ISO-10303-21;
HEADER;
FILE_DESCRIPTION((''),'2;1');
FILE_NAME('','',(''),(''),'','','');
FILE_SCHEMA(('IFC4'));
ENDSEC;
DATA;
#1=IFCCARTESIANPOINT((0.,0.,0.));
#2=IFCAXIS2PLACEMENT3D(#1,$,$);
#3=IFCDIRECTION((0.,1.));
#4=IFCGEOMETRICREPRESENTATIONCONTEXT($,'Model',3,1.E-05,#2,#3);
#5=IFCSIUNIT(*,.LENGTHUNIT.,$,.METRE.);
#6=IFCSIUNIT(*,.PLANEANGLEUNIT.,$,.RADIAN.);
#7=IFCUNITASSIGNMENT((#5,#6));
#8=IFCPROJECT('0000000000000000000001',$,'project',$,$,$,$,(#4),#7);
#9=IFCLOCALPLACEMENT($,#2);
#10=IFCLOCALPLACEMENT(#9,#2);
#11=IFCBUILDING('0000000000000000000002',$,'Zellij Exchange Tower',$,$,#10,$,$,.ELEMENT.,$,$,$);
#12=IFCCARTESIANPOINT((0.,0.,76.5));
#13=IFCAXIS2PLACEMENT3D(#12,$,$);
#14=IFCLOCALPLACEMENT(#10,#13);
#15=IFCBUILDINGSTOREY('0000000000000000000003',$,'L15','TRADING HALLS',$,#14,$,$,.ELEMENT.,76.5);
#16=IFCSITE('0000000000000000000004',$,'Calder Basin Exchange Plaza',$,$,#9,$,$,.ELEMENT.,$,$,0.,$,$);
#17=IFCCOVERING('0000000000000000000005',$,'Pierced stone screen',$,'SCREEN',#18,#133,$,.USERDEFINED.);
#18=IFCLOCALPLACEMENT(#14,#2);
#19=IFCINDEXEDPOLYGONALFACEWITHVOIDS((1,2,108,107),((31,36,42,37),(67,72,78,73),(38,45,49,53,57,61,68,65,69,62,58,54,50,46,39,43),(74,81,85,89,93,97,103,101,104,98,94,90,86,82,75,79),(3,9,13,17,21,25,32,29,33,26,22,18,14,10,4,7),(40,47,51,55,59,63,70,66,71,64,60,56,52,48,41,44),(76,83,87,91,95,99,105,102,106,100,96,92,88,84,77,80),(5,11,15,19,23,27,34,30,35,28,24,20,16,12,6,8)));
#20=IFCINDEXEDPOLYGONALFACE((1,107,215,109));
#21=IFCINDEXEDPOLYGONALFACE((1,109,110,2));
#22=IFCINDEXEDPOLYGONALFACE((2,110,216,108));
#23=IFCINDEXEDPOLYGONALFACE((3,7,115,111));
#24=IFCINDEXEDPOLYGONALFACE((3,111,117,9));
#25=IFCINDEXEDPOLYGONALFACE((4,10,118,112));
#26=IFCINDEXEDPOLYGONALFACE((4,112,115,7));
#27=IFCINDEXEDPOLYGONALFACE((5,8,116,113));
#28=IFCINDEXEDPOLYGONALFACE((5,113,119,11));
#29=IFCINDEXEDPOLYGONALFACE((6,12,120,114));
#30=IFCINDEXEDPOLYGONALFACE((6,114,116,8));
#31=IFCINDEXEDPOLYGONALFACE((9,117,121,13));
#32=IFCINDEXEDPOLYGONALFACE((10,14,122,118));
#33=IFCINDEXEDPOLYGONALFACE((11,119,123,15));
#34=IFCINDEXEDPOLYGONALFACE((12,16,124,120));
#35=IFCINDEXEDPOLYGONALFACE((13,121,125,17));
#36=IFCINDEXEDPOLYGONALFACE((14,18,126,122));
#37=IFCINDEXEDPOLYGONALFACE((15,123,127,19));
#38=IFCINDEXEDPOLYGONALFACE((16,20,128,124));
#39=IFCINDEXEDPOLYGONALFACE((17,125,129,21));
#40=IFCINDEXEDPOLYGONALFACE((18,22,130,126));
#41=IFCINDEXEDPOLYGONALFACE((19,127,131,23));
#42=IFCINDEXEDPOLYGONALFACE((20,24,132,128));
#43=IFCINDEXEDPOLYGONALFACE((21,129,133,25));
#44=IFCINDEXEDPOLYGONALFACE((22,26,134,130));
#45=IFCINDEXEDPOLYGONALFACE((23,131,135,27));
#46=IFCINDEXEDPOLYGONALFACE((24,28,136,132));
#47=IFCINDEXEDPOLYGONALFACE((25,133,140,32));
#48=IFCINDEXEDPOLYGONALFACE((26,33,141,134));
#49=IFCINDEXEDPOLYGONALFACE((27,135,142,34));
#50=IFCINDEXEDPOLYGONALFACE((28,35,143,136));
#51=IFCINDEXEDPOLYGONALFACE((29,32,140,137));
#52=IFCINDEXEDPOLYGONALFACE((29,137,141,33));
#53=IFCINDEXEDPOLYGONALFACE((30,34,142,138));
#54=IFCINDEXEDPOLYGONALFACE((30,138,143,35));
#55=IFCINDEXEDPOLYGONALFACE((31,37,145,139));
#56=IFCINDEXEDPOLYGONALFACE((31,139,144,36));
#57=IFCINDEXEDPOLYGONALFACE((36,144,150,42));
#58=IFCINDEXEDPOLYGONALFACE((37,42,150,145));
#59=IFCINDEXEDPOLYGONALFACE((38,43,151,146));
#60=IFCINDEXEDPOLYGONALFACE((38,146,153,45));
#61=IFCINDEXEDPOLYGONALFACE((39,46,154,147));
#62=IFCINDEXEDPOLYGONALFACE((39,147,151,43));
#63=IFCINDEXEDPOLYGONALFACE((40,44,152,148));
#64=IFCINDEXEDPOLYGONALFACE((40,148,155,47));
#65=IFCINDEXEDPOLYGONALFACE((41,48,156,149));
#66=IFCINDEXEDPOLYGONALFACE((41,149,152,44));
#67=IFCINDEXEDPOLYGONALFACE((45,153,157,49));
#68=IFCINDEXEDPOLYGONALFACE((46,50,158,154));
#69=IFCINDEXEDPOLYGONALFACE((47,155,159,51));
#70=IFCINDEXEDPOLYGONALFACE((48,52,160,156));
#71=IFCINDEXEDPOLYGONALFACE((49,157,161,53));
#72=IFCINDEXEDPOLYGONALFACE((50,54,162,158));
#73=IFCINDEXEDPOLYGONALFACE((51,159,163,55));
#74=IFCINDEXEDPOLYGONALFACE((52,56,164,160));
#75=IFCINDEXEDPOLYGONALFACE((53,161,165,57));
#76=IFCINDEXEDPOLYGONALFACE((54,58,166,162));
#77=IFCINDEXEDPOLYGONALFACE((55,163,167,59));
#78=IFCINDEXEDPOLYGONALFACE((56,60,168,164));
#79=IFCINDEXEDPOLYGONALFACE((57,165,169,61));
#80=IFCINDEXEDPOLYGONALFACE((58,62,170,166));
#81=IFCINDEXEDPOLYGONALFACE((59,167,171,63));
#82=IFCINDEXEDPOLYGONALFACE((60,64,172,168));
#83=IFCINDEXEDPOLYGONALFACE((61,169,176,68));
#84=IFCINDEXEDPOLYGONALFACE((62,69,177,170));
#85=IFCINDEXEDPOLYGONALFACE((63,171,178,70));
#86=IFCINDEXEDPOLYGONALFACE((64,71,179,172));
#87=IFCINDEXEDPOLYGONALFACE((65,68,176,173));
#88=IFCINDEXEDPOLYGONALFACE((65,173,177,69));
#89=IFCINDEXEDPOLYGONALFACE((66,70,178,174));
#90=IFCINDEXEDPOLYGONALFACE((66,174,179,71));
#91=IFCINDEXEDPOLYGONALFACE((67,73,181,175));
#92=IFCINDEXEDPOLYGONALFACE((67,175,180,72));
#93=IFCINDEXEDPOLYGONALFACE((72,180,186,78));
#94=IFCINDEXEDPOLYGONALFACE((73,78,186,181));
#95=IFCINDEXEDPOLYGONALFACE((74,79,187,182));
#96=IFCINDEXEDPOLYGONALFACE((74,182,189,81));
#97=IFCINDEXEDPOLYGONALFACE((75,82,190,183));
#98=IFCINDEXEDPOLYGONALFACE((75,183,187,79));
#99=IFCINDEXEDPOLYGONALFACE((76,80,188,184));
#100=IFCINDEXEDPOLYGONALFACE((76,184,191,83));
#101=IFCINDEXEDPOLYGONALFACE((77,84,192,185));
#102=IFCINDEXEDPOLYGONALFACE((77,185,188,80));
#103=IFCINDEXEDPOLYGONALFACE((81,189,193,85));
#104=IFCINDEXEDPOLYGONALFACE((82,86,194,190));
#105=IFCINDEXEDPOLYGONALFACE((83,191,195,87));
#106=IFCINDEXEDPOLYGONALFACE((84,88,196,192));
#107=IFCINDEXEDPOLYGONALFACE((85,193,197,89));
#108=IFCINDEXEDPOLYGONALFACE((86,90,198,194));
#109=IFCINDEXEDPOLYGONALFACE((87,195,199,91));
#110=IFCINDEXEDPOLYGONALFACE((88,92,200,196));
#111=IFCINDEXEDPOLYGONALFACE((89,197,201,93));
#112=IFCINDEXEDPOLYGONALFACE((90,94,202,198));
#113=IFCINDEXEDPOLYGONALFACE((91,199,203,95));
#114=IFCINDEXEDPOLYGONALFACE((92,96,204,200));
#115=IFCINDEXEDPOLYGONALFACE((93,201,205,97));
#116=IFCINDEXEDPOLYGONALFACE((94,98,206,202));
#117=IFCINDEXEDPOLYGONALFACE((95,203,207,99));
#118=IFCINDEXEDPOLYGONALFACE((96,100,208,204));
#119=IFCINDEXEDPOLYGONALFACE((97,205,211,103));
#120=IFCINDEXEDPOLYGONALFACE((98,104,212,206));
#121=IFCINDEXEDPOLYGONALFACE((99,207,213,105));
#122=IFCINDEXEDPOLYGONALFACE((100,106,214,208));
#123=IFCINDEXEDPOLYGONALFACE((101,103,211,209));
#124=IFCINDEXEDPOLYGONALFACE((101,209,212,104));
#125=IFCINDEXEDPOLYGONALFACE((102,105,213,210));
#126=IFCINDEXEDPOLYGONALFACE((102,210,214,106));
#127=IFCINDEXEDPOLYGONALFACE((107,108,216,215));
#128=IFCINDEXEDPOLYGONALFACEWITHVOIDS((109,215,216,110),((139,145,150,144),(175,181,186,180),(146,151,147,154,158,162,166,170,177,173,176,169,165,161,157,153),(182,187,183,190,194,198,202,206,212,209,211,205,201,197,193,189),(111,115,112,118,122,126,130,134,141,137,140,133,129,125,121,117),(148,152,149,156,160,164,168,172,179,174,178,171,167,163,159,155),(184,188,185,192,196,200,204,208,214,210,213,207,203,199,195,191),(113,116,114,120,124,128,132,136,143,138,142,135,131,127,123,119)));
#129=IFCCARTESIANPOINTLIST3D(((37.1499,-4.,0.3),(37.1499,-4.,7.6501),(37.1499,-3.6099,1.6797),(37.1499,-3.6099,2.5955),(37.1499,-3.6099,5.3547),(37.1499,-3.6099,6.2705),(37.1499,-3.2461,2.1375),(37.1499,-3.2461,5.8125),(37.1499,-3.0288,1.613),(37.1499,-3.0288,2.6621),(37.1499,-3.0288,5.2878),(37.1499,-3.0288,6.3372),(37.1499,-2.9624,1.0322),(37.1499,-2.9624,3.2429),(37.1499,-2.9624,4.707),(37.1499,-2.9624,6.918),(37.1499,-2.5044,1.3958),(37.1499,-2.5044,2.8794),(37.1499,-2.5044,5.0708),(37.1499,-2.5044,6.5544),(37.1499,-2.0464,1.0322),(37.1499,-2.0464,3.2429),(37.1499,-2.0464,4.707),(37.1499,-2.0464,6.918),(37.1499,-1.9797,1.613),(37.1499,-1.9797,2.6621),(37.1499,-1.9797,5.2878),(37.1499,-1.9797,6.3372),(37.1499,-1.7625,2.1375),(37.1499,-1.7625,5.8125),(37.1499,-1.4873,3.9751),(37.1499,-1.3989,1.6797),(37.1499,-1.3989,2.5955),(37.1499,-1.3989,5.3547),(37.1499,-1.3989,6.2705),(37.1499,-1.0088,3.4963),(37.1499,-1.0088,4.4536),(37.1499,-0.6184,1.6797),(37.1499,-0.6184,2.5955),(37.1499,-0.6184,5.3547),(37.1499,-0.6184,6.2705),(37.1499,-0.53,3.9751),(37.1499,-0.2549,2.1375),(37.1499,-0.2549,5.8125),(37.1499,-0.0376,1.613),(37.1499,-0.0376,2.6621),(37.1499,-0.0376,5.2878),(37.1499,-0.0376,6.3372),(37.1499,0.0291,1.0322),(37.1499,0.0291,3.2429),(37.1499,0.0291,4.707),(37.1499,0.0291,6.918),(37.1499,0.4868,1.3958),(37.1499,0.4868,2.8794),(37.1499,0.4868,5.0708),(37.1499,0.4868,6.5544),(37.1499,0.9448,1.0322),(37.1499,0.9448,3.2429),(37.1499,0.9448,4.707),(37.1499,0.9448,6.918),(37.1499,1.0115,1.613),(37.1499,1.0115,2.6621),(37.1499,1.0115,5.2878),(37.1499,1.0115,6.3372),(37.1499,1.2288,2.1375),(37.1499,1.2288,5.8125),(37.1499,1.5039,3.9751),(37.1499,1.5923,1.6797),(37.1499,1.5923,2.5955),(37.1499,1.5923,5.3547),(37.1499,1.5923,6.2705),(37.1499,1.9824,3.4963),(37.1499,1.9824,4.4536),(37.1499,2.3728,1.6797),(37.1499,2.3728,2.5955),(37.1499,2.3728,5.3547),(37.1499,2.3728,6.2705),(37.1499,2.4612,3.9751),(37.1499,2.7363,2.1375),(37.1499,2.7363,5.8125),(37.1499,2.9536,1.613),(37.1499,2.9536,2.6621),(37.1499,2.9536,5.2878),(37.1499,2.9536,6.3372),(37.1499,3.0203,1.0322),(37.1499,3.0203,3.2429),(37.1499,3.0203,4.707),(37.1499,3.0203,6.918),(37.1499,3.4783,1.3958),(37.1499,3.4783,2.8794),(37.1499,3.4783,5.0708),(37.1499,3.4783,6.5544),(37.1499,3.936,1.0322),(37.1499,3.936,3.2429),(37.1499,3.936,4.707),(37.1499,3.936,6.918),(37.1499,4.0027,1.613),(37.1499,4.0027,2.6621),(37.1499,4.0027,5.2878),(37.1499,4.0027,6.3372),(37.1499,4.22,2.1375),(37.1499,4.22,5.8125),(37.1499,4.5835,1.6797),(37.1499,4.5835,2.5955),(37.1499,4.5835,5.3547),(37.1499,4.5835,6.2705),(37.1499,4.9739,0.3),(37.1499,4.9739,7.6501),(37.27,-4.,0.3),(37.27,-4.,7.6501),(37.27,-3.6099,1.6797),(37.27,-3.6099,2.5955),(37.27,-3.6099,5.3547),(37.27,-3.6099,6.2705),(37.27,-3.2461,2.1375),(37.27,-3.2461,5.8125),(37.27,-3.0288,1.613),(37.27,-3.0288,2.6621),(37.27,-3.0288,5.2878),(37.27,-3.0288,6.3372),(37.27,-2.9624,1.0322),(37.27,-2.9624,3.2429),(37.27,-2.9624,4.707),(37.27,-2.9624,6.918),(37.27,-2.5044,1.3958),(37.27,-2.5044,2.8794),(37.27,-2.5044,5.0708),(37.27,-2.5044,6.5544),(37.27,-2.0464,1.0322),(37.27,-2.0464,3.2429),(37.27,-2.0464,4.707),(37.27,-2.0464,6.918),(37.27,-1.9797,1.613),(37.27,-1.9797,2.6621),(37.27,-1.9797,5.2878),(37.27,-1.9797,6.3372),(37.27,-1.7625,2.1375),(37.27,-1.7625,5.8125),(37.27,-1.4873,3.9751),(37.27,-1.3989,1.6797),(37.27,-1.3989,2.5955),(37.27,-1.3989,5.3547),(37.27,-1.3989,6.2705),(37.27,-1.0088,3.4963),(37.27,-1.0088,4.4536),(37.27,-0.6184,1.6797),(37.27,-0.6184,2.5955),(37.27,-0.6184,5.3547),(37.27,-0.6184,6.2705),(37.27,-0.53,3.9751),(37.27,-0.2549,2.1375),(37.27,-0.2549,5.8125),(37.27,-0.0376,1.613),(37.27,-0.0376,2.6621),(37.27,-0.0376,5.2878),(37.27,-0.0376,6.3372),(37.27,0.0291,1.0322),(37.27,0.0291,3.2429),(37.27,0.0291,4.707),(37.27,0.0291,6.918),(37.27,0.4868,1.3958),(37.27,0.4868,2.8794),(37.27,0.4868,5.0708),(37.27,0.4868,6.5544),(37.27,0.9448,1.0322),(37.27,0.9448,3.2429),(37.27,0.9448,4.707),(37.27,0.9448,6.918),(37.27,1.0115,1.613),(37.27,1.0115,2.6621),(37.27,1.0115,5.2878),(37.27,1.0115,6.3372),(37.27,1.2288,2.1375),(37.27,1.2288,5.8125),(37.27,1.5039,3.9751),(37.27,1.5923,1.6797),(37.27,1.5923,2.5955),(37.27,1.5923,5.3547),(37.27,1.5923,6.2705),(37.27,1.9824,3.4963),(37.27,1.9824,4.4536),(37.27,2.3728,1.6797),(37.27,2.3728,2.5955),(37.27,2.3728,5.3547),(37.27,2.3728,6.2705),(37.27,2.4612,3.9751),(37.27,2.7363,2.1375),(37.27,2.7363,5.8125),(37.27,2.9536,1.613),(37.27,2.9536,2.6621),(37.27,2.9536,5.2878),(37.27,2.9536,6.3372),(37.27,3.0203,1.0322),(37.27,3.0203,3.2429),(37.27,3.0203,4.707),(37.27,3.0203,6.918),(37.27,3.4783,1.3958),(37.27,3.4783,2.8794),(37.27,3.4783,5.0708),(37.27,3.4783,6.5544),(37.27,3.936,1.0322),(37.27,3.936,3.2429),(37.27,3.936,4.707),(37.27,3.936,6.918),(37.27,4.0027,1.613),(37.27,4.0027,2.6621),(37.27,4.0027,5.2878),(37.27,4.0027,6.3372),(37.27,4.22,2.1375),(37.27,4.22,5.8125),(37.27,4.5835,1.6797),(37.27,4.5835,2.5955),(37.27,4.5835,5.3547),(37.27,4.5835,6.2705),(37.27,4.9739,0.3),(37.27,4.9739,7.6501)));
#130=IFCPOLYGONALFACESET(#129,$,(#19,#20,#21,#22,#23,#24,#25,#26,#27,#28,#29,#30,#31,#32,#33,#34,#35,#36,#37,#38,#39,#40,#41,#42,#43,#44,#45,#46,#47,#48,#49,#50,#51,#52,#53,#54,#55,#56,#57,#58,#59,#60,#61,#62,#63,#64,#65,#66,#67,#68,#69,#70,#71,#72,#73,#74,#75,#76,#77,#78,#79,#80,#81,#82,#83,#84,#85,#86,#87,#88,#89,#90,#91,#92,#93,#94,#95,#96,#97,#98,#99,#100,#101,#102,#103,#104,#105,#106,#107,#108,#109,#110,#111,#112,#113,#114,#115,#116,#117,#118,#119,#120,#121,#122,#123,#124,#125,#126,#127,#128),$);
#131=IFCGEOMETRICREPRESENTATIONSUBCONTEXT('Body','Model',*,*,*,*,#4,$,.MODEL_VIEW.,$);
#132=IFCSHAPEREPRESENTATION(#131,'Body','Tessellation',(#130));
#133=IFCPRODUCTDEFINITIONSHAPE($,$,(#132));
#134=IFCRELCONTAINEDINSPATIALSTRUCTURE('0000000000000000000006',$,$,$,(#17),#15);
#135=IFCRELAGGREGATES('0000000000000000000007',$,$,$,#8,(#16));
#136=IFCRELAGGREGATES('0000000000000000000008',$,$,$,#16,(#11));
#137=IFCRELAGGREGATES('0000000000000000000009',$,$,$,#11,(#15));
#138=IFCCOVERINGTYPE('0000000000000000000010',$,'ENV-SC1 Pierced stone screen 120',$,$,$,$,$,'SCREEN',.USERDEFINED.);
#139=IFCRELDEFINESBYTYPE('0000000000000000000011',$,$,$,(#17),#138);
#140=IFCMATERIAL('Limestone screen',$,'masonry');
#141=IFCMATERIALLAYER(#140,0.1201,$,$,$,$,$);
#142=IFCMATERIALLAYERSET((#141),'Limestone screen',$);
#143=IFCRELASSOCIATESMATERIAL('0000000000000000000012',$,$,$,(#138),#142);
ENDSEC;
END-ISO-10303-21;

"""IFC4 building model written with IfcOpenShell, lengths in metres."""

from ifc_helpers import new_model, si_unit, direction, frame, origin, place, context, subcontext, project, spatial, polyline, outline, extrude, material, layer, layer_set, type_object, element, save


model = new_model("IFC4")

# Units and contexts
model_context = context("Model", 3, precision=1e-05, world=origin(), true_north=direction((0.0, 1.0)))
body_context = subcontext(model_context, "Body", "Model", "MODEL_VIEW")
ifc_project = project(units=[si_unit("LENGTHUNIT", "METRE"), si_unit("PLANEANGLEUNIT", "RADIAN")], contexts=[model_context])

# Site, building, storey
site_placement = place(None, origin())
site = spatial("IfcSite", under=ifc_project, at=site_placement, Name="Calder Basin Exchange Plaza", CompositionType="ELEMENT", RefElevation=0.0)
building_placement = place(site_placement, origin())
building = spatial("IfcBuilding", under=site, at=building_placement, Name="Zellij Exchange Tower", CompositionType="ELEMENT")
storey_placement = place(building_placement, frame((0.0, 0.0, 76.5)))
storey = spatial("IfcBuildingStorey", under=building, at=storey_placement, Name="L15", Description="TRADING HALLS", CompositionType="ELEMENT", Elevation=76.5)

# Covering
ifc_material_1 = material(Name="Limestone screen", Category="masonry")
ifc_layer_1 = layer(ifc_material_1, 0.1201)
ifc_layer_set_1 = layer_set([ifc_layer_1], Name="Limestone screen")
covering_type = type_object("IfcCoveringType", Name="ENV-SC1 Pierced stone screen 120", ElementType="SCREEN", PredefinedType="USERDEFINED", material=ifc_layer_set_1)
covering_1_placement = place(storey_placement, frame((37.21, -4.0, 0.3), z_axis=(0.0, 0.0, 1.0), x_axis=(0.0, 1.0, 0.0)))
element("IfcCovering", 1, at=covering_1_placement, inside=storey, type_object=covering_type, Name="Pierced stone screen", ObjectType="SCREEN", PredefinedType="USERDEFINED", context=body_context, shape_type="SweptSolid", body=[
    extrude(outline(polyline([(0.0, 0.0), (8.9739, 0.0), (8.9739, 7.3501), (0.0, 7.3501), (0.0, 0.0)]), holes=[polyline([(2.6011, 2.2954), (2.0203, 2.3621), (1.9536, 2.9429), (1.4956, 2.5793), (1.0376, 2.9429), (0.9712, 2.3621), (0.3901, 2.2954), (0.7539, 1.8374), (0.3901, 1.3796), (0.9712, 1.313), (1.0376, 0.7322), (1.4956, 1.0957), (1.9536, 0.7322), (2.0203, 1.313), (2.6011, 1.3796), (2.2375, 1.8374), (2.6011, 2.2954)]), polyline([(2.6011, 5.9705), (2.0203, 6.0371), (1.9536, 6.6179), (1.4956, 6.2544), (1.0376, 6.6179), (0.9712, 6.0371), (0.3901, 5.9705), (0.7539, 5.5125), (0.3901, 5.0547), (0.9712, 4.9878), (1.0376, 4.407), (1.4956, 4.7708), (1.9536, 4.407), (2.0203, 4.9878), (2.6011, 5.0547), (2.2375, 5.5125), (2.6011, 5.9705)]), polyline([(5.5923, 2.2954), (5.0115, 2.3621), (4.9448, 2.9429), (4.4868, 2.5793), (4.0291, 2.9429), (3.9624, 2.3621), (3.3816, 2.2954), (3.7451, 1.8374), (3.3816, 1.3796), (3.9624, 1.313), (4.0291, 0.7322), (4.4868, 1.0957), (4.9448, 0.7322), (5.0115, 1.313), (5.5923, 1.3796), (5.2288, 1.8374), (5.5923, 2.2954)]), polyline([(5.5923, 5.9705), (5.0115, 6.0371), (4.9448, 6.6179), (4.4868, 6.2544), (4.0291, 6.6179), (3.9624, 6.0371), (3.3816, 5.9705), (3.7451, 5.5125), (3.3816, 5.0547), (3.9624, 4.9878), (4.0291, 4.407), (4.4868, 4.7708), (4.9448, 4.407), (5.0115, 4.9878), (5.5923, 5.0547), (5.2288, 5.5125), (5.5923, 5.9705)]), polyline([(8.5835, 2.2954), (8.0027, 2.3621), (7.936, 2.9429), (7.4783, 2.5793), (7.0203, 2.9429), (6.9536, 2.3621), (6.3728, 2.2954), (6.7363, 1.8374), (6.3728, 1.3796), (6.9536, 1.313), (7.0203, 0.7322), (7.4783, 1.0957), (7.936, 0.7322), (8.0027, 1.313), (8.5835, 1.3796), (8.22, 1.8374), (8.5835, 2.2954)]), polyline([(8.5835, 5.9705), (8.0027, 6.0371), (7.936, 6.6179), (7.4783, 6.2544), (7.0203, 6.6179), (6.9536, 6.0371), (6.3728, 5.9705), (6.7363, 5.5125), (6.3728, 5.0547), (6.9536, 4.9878), (7.0203, 4.407), (7.4783, 4.7708), (7.936, 4.407), (8.0027, 4.9878), (8.5835, 5.0547), (8.22, 5.5125), (8.5835, 5.9705)]), polyline([(3.47, 3.675), (2.9912, 4.1536), (2.5127, 3.675), (2.9912, 3.1963), (3.47, 3.675)]), polyline([(6.4612, 3.675), (5.9824, 4.1536), (5.5039, 3.675), (5.9824, 3.1963), (6.4612, 3.675)])]), frame((0.0, 0.0601, 0.0), z_axis=(0.0, -1.0, 0.0), x_axis=(1.0, 0.0, 0.0)), (0.0, 0.0, 1.0), 0.1201),
])

save(model, "model.ifc")
